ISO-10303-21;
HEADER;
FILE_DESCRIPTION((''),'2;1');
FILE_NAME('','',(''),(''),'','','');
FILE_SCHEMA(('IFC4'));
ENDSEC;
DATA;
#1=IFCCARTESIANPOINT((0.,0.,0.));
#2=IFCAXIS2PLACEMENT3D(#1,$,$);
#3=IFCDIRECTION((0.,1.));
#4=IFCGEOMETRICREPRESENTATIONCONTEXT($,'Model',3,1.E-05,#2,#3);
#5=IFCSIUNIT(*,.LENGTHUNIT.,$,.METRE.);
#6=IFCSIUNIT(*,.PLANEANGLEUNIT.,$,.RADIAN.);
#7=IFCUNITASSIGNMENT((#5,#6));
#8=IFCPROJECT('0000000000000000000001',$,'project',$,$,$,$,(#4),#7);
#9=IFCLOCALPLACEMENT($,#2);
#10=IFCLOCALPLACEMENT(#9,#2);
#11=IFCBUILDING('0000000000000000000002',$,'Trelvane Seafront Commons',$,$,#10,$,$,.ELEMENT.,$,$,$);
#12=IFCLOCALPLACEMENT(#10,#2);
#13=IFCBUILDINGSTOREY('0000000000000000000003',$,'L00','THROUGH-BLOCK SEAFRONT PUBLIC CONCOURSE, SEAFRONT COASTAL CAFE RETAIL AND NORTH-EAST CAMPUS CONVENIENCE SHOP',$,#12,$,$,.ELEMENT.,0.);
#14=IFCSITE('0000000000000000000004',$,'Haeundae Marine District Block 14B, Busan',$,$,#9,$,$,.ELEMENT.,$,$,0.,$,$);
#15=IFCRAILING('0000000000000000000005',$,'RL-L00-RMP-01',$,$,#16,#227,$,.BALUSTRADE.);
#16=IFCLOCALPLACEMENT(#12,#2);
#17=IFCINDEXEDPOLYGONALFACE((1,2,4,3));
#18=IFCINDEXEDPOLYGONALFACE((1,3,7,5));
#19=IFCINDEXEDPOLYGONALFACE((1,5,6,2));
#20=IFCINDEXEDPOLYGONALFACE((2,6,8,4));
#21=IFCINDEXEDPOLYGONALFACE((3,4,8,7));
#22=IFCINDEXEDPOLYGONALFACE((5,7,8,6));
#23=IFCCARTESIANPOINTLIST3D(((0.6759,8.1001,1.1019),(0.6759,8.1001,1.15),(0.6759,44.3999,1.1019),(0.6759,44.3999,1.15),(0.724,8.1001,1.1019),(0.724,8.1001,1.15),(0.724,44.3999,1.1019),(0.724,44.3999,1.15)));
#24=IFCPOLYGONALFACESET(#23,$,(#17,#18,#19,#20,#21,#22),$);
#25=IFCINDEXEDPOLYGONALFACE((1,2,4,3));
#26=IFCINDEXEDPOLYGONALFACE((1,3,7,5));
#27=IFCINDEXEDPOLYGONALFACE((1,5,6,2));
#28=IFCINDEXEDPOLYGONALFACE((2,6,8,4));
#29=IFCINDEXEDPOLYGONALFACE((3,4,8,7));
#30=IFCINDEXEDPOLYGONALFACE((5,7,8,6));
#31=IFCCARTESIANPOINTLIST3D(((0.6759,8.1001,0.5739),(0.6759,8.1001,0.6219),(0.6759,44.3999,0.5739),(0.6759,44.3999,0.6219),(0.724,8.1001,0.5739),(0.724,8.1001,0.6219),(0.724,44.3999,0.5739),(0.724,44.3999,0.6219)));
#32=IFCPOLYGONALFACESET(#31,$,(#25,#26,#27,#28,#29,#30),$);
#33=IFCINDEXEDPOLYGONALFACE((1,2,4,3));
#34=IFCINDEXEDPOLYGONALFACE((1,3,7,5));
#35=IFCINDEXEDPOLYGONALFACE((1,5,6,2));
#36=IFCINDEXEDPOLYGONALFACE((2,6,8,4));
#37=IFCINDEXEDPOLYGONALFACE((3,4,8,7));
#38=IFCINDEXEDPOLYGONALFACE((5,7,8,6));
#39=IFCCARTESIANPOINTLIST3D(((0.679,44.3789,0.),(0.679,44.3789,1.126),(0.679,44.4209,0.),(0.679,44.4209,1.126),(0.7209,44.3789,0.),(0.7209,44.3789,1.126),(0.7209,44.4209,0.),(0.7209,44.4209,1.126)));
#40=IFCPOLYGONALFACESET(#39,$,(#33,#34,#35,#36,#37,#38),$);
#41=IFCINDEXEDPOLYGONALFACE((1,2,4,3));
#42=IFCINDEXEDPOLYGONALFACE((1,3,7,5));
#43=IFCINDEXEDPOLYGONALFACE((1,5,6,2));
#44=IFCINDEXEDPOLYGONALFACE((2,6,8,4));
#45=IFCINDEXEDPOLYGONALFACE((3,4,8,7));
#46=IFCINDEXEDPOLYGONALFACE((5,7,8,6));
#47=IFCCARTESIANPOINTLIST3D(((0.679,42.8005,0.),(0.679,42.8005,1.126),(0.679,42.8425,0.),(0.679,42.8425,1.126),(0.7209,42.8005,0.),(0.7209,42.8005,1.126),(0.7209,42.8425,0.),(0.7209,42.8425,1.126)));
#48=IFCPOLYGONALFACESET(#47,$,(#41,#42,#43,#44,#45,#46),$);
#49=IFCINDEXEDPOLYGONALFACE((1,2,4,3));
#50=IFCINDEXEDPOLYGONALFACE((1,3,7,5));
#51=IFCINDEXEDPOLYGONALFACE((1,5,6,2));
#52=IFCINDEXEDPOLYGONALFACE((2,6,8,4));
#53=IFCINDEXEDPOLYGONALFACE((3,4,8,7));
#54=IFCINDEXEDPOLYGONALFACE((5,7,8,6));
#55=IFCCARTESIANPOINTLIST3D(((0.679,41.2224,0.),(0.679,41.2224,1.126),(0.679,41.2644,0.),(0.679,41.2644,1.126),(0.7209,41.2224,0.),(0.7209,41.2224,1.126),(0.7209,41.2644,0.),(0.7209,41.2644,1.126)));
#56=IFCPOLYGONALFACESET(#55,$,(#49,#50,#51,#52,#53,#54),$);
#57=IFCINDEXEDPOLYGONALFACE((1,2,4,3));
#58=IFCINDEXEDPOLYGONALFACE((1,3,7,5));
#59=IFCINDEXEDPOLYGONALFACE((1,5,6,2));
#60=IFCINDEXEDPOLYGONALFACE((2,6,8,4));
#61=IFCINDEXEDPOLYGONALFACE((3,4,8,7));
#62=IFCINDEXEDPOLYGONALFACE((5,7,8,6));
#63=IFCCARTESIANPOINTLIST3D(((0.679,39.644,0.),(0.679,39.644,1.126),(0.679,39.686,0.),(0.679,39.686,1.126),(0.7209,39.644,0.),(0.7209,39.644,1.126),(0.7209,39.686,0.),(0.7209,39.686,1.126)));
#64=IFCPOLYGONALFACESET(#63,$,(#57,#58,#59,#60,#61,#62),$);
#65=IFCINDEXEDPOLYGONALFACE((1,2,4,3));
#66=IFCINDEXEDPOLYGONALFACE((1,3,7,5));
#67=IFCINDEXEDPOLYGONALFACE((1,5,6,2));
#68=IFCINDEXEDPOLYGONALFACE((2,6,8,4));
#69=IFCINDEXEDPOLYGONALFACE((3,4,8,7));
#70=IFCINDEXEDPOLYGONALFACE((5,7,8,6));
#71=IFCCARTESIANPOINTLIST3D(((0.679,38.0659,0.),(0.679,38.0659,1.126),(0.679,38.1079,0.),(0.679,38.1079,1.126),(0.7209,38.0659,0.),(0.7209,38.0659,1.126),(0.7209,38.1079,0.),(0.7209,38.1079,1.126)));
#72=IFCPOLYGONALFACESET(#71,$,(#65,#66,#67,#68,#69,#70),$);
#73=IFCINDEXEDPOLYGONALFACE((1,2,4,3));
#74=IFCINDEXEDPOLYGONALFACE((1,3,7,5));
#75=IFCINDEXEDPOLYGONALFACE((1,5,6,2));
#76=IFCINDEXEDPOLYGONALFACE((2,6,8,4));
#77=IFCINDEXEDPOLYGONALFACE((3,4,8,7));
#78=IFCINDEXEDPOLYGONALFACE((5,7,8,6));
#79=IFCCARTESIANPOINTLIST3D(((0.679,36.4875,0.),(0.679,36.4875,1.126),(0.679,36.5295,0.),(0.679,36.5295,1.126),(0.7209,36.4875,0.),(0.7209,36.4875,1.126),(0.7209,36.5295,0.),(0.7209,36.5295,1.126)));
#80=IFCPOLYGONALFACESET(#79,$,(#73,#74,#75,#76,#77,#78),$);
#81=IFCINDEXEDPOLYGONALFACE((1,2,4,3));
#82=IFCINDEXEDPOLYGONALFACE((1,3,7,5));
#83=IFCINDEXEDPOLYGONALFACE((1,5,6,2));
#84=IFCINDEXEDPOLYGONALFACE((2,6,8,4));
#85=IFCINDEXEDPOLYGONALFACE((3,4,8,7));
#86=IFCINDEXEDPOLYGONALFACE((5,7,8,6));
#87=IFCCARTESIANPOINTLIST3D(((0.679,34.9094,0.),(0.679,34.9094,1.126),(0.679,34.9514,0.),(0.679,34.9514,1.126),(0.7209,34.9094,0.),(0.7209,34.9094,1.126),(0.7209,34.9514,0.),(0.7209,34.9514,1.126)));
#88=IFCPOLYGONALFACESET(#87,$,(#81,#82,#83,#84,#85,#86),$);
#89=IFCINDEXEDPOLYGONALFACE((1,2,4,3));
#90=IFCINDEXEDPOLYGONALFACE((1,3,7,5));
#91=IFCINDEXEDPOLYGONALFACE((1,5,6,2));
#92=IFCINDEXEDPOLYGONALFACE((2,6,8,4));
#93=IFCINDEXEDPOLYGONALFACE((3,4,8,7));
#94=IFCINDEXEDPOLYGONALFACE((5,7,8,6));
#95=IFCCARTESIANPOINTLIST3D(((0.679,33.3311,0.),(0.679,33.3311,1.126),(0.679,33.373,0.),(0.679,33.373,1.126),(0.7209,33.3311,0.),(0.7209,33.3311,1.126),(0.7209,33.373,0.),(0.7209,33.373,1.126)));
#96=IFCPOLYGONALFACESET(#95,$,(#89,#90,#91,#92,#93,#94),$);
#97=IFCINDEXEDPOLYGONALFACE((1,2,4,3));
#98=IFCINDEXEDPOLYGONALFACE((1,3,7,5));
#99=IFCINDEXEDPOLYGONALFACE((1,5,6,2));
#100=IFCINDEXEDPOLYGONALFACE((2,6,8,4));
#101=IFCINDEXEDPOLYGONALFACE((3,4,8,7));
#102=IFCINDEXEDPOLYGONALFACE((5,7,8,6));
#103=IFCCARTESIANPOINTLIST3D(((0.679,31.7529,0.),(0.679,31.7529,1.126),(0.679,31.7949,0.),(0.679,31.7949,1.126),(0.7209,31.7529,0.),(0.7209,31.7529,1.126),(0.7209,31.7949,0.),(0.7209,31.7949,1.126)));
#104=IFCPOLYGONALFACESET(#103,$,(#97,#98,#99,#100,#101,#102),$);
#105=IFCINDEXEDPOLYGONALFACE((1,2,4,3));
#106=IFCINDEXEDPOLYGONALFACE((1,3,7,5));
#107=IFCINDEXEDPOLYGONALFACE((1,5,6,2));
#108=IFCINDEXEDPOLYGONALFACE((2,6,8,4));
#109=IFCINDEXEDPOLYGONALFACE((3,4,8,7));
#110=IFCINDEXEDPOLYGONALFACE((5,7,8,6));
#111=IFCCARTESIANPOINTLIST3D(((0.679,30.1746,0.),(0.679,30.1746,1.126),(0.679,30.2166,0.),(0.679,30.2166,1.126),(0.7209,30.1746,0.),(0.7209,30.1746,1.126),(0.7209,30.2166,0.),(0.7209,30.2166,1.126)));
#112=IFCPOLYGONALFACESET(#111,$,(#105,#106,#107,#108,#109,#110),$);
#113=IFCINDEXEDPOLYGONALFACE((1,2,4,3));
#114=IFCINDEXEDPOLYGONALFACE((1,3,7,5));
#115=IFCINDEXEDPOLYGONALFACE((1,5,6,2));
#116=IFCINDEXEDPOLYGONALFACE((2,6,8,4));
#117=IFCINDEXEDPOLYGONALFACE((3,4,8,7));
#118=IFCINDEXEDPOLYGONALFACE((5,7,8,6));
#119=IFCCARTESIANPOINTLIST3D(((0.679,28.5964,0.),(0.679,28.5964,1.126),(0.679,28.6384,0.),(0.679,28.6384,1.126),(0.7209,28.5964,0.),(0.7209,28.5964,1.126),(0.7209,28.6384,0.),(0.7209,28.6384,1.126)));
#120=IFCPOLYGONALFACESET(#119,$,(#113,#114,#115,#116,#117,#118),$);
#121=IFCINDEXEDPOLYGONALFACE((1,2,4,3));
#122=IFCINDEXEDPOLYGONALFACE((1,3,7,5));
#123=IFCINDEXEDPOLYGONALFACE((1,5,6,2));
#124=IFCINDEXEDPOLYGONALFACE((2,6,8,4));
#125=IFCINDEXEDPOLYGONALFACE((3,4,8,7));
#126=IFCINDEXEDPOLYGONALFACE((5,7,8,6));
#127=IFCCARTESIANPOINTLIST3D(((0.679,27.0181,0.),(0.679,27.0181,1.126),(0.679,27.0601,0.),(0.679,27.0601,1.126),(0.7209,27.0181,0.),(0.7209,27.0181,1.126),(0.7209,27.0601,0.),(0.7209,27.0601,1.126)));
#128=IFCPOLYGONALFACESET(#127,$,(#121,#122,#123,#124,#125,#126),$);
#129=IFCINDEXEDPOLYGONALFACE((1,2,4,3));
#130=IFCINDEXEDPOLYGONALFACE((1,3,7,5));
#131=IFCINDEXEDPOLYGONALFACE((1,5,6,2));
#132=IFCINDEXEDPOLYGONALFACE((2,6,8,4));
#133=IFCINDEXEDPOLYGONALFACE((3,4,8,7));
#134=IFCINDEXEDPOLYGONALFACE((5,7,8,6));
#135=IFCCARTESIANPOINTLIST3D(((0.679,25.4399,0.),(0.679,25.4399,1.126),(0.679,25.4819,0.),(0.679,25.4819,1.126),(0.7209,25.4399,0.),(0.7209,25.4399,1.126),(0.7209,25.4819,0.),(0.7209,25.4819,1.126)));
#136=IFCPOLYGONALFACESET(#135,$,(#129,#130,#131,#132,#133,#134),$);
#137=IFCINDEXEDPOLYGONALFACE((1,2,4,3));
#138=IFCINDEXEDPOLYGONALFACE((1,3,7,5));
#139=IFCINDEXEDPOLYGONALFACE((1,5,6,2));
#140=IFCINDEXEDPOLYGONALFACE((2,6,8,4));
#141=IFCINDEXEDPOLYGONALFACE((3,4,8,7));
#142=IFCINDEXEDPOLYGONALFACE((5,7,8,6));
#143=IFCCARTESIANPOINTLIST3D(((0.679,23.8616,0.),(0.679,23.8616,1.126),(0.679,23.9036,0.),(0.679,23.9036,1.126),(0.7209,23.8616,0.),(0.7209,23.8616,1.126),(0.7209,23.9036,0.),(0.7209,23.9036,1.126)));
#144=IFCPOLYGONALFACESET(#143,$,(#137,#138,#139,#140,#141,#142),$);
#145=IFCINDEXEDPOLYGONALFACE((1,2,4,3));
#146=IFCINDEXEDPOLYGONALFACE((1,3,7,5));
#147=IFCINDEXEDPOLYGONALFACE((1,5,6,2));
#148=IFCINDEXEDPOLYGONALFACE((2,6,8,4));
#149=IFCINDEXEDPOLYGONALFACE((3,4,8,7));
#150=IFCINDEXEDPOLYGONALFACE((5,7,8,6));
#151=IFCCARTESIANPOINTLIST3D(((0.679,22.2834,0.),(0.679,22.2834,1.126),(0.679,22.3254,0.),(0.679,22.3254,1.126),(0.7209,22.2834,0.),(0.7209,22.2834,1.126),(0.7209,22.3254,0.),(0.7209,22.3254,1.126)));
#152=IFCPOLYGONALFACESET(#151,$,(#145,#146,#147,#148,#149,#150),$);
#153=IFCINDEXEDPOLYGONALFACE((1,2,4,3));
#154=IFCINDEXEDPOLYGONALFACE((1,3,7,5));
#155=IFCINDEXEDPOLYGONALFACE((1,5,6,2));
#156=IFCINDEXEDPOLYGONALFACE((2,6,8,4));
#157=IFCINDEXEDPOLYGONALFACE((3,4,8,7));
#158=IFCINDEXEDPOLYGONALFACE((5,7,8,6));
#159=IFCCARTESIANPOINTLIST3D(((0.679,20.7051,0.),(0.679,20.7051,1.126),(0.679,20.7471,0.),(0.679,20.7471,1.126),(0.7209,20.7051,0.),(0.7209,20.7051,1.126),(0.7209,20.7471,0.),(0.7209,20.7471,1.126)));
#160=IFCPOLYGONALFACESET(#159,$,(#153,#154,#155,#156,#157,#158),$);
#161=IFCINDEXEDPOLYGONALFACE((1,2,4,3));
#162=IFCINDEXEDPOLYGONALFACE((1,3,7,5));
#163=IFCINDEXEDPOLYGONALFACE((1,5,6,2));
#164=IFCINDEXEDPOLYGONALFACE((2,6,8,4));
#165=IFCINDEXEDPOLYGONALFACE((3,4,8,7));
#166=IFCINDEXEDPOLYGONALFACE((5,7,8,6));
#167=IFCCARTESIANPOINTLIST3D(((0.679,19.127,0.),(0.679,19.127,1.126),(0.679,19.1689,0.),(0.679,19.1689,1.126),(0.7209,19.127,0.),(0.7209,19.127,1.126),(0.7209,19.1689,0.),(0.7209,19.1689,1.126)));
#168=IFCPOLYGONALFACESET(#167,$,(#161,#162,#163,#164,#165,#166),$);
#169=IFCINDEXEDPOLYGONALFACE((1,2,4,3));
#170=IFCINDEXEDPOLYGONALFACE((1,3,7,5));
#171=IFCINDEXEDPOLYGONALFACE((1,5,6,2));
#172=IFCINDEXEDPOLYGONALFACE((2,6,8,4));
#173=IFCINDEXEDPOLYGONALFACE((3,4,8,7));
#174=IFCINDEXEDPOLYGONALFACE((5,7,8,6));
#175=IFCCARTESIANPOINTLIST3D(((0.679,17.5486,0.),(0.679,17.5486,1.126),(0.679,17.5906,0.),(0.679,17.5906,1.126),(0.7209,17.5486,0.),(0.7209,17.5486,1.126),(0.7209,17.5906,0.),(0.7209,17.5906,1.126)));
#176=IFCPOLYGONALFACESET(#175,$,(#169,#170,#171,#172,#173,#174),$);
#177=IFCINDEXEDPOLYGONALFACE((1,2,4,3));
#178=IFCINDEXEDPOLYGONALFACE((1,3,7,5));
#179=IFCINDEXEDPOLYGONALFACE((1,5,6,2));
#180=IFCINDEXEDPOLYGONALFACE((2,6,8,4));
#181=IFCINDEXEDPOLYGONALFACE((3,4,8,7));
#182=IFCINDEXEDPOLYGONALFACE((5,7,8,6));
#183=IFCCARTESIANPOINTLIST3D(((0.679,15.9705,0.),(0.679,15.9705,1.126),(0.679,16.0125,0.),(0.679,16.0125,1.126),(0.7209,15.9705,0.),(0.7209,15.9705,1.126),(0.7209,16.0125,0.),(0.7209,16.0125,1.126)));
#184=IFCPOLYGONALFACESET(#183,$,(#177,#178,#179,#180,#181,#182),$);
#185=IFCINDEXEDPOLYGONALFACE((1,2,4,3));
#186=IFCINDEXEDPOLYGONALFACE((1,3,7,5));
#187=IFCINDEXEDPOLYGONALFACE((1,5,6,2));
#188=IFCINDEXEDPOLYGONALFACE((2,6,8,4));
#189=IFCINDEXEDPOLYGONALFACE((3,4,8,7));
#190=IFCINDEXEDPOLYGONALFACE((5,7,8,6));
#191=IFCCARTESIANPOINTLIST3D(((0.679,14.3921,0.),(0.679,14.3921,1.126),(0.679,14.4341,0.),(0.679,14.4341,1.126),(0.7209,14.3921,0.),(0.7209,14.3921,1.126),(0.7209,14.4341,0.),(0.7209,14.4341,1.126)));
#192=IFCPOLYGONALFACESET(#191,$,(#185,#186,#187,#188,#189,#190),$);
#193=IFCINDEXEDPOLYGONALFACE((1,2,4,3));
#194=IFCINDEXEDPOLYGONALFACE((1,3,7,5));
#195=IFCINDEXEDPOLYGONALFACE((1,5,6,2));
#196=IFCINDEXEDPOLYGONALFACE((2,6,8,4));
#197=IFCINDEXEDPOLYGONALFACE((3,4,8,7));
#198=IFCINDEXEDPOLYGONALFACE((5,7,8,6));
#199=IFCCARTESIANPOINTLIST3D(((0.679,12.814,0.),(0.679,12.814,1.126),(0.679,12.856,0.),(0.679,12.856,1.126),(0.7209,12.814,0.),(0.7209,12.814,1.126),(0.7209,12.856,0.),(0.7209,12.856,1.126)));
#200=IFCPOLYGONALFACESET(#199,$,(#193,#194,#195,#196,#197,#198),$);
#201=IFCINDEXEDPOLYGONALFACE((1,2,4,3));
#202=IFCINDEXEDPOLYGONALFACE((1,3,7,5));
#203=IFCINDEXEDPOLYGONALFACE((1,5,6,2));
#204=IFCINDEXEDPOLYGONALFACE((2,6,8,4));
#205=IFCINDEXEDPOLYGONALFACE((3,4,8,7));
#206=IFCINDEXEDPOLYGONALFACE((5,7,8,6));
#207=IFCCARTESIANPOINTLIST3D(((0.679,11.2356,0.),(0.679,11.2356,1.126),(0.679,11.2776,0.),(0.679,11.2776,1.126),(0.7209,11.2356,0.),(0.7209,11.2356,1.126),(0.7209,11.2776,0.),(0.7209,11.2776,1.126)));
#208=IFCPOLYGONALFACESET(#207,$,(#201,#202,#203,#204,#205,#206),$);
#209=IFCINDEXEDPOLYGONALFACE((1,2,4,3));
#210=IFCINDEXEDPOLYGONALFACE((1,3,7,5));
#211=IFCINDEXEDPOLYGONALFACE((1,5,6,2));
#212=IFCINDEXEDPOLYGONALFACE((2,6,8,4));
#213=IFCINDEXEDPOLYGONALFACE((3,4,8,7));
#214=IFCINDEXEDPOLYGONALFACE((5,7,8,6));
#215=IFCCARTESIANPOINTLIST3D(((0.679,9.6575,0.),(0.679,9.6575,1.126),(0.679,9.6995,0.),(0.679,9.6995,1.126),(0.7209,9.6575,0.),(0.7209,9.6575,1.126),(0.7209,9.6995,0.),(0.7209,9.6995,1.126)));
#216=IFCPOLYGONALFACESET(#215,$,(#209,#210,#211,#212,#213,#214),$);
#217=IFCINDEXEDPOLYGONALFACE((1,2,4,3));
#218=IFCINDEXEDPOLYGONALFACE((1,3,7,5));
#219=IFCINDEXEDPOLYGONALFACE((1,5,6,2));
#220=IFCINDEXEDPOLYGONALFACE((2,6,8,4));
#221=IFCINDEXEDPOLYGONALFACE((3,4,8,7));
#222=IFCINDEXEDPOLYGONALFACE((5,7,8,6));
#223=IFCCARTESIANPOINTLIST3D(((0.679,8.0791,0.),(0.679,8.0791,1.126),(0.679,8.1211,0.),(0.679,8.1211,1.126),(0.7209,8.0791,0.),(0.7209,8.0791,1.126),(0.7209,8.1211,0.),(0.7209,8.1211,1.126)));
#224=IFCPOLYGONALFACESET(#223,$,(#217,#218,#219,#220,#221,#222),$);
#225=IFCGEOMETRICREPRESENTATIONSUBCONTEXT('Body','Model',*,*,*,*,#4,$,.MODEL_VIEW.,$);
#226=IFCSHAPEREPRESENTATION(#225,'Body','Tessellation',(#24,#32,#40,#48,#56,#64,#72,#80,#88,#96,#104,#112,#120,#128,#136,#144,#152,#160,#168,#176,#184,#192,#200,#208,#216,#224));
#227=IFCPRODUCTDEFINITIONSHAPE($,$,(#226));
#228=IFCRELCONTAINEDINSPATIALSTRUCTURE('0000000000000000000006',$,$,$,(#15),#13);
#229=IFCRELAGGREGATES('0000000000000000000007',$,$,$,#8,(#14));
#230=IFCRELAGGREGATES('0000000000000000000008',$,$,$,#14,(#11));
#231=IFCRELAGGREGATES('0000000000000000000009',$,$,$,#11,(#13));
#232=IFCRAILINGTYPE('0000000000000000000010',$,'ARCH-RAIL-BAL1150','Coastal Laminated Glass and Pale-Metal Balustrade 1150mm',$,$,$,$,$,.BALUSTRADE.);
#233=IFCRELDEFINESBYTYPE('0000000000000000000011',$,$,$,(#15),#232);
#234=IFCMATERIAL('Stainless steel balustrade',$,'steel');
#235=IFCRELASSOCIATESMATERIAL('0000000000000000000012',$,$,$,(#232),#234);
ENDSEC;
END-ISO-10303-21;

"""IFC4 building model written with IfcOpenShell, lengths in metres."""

from ifc_helpers import new_model, si_unit, direction, frame, origin, origin_2d, place, context, subcontext, project, spatial, rectangle, extrude, material, type_object, element, save


model = new_model("IFC4")

# Units and contexts
model_context = context("Model", 3, precision=1e-05, world=origin(), true_north=direction((0.0, 1.0)))
body_context = subcontext(model_context, "Body", "Model", "MODEL_VIEW")
ifc_project = project(units=[si_unit("LENGTHUNIT", "METRE"), si_unit("PLANEANGLEUNIT", "RADIAN")], contexts=[model_context])

# Site, building, storey
site_placement = place(None, origin())
site = spatial("IfcSite", under=ifc_project, at=site_placement, Name="Haeundae Marine District Block 14B, Busan", CompositionType="ELEMENT", RefElevation=0.0)
building_placement = place(site_placement, origin())
building = spatial("IfcBuilding", under=site, at=building_placement, Name="Trelvane Seafront Commons", CompositionType="ELEMENT")
storey_placement = place(building_placement, origin())
storey = spatial("IfcBuildingStorey", under=building, at=storey_placement, Name="L00", Description="THROUGH-BLOCK SEAFRONT PUBLIC CONCOURSE, SEAFRONT COASTAL CAFE RETAIL AND NORTH-EAST CAMPUS CONVENIENCE SHOP", CompositionType="ELEMENT", Elevation=0.0)

# Railing
ifc_material_1 = material(Name="Stainless steel balustrade", Category="steel")
railing_type = type_object("IfcRailingType", Name="ARCH-RAIL-BAL1150", Description="Coastal Laminated Glass and Pale-Metal Balustrade 1150mm", PredefinedType="BALUSTRADE", material=ifc_material_1)
railing_placement = place(storey_placement, frame((0.7, 44.3999, 0.0)))
element("IfcRailing", 1, at=railing_placement, inside=storey, type_object=railing_type, Name="RL-L00-RMP-01", PredefinedType="BALUSTRADE", context=body_context, shape_type="SweptSolid", body=[
    extrude(rectangle(XDim=0.0481, YDim=0.0481, at=origin_2d()), frame((0.0, 0.0, 1.126), z_axis=(0.0, -1.0, 0.0), x_axis=(1.0, 0.0, 0.0)), (0.0, 0.0, 1.0), 36.2998),
    extrude(rectangle(XDim=0.0481, YDim=0.0481, at=origin_2d()), frame((0.0, 0.0, 0.5979), z_axis=(0.0, -1.0, 0.0), x_axis=(1.0, 0.0, 0.0)), (0.0, 0.0, 1.0), 36.2998),
    extrude(rectangle(XDim=0.042, YDim=0.042, at=origin_2d()), origin(), (0.0, 0.0, 1.0), 1.126),
    extrude(rectangle(XDim=0.042, YDim=0.042, at=origin_2d()), frame((0.0, -1.5784, 0.0)), (0.0, 0.0, 1.0), 1.126),
    extrude(rectangle(XDim=0.042, YDim=0.042, at=origin_2d()), frame((0.0, -3.1565, 0.0)), (0.0, 0.0, 1.0), 1.126),
    extrude(rectangle(XDim=0.042, YDim=0.042, at=origin_2d()), frame((0.0, -4.7349, 0.0)), (0.0, 0.0, 1.0), 1.126),
    extrude(rectangle(XDim=0.042, YDim=0.042, at=origin_2d()), frame((0.0, -6.313, 0.0)), (0.0, 0.0, 1.0), 1.126),
    extrude(rectangle(XDim=0.042, YDim=0.042, at=origin_2d()), frame((0.0, -7.8914, 0.0)), (0.0, 0.0, 1.0), 1.126),
    extrude(rectangle(XDim=0.042, YDim=0.042, at=origin_2d()), frame((0.0, -9.4695, 0.0)), (0.0, 0.0, 1.0), 1.126),
    extrude(rectangle(XDim=0.042, YDim=0.042, at=origin_2d()), frame((0.0, -11.0479, 0.0)), (0.0, 0.0, 1.0), 1.126),
    extrude(rectangle(XDim=0.042, YDim=0.042, at=origin_2d()), frame((0.0, -12.626, 0.0)), (0.0, 0.0, 1.0), 1.126),
    extrude(rectangle(XDim=0.042, YDim=0.042, at=origin_2d()), frame((0.0, -14.2043, 0.0)), (0.0, 0.0, 1.0), 1.126),
    extrude(rectangle(XDim=0.042, YDim=0.042, at=origin_2d()), frame((0.0, -15.7825, 0.0)), (0.0, 0.0, 1.0), 1.126),
    extrude(rectangle(XDim=0.042, YDim=0.042, at=origin_2d()), frame((0.0, -17.3608, 0.0)), (0.0, 0.0, 1.0), 1.126),
    extrude(rectangle(XDim=0.042, YDim=0.042, at=origin_2d()), frame((0.0, -18.939, 0.0)), (0.0, 0.0, 1.0), 1.126),
    extrude(rectangle(XDim=0.042, YDim=0.042, at=origin_2d()), frame((0.0, -20.5173, 0.0)), (0.0, 0.0, 1.0), 1.126),
    extrude(rectangle(XDim=0.042, YDim=0.042, at=origin_2d()), frame((0.0, -22.0955, 0.0)), (0.0, 0.0, 1.0), 1.126),
    extrude(rectangle(XDim=0.042, YDim=0.042, at=origin_2d()), frame((0.0, -23.6738, 0.0)), (0.0, 0.0, 1.0), 1.126),
    extrude(rectangle(XDim=0.042, YDim=0.042, at=origin_2d()), frame((0.0, -25.252, 0.0)), (0.0, 0.0, 1.0), 1.126),
    extrude(rectangle(XDim=0.042, YDim=0.042, at=origin_2d()), frame((0.0, -26.8303, 0.0)), (0.0, 0.0, 1.0), 1.126),
    extrude(rectangle(XDim=0.042, YDim=0.042, at=origin_2d()), frame((0.0, -28.4084, 0.0)), (0.0, 0.0, 1.0), 1.126),
    extrude(rectangle(XDim=0.042, YDim=0.042, at=origin_2d()), frame((0.0, -29.9868, 0.0)), (0.0, 0.0, 1.0), 1.126),
    extrude(rectangle(XDim=0.042, YDim=0.042, at=origin_2d()), frame((0.0, -31.5649, 0.0)), (0.0, 0.0, 1.0), 1.126),
    extrude(rectangle(XDim=0.042, YDim=0.042, at=origin_2d()), frame((0.0, -33.1433, 0.0)), (0.0, 0.0, 1.0), 1.126),
    extrude(rectangle(XDim=0.042, YDim=0.042, at=origin_2d()), frame((0.0, -34.7214, 0.0)), (0.0, 0.0, 1.0), 1.126),
    extrude(rectangle(XDim=0.042, YDim=0.042, at=origin_2d()), frame((0.0, -36.2998, 0.0)), (0.0, 0.0, 1.0), 1.126),
])

save(model, "model.ifc")
